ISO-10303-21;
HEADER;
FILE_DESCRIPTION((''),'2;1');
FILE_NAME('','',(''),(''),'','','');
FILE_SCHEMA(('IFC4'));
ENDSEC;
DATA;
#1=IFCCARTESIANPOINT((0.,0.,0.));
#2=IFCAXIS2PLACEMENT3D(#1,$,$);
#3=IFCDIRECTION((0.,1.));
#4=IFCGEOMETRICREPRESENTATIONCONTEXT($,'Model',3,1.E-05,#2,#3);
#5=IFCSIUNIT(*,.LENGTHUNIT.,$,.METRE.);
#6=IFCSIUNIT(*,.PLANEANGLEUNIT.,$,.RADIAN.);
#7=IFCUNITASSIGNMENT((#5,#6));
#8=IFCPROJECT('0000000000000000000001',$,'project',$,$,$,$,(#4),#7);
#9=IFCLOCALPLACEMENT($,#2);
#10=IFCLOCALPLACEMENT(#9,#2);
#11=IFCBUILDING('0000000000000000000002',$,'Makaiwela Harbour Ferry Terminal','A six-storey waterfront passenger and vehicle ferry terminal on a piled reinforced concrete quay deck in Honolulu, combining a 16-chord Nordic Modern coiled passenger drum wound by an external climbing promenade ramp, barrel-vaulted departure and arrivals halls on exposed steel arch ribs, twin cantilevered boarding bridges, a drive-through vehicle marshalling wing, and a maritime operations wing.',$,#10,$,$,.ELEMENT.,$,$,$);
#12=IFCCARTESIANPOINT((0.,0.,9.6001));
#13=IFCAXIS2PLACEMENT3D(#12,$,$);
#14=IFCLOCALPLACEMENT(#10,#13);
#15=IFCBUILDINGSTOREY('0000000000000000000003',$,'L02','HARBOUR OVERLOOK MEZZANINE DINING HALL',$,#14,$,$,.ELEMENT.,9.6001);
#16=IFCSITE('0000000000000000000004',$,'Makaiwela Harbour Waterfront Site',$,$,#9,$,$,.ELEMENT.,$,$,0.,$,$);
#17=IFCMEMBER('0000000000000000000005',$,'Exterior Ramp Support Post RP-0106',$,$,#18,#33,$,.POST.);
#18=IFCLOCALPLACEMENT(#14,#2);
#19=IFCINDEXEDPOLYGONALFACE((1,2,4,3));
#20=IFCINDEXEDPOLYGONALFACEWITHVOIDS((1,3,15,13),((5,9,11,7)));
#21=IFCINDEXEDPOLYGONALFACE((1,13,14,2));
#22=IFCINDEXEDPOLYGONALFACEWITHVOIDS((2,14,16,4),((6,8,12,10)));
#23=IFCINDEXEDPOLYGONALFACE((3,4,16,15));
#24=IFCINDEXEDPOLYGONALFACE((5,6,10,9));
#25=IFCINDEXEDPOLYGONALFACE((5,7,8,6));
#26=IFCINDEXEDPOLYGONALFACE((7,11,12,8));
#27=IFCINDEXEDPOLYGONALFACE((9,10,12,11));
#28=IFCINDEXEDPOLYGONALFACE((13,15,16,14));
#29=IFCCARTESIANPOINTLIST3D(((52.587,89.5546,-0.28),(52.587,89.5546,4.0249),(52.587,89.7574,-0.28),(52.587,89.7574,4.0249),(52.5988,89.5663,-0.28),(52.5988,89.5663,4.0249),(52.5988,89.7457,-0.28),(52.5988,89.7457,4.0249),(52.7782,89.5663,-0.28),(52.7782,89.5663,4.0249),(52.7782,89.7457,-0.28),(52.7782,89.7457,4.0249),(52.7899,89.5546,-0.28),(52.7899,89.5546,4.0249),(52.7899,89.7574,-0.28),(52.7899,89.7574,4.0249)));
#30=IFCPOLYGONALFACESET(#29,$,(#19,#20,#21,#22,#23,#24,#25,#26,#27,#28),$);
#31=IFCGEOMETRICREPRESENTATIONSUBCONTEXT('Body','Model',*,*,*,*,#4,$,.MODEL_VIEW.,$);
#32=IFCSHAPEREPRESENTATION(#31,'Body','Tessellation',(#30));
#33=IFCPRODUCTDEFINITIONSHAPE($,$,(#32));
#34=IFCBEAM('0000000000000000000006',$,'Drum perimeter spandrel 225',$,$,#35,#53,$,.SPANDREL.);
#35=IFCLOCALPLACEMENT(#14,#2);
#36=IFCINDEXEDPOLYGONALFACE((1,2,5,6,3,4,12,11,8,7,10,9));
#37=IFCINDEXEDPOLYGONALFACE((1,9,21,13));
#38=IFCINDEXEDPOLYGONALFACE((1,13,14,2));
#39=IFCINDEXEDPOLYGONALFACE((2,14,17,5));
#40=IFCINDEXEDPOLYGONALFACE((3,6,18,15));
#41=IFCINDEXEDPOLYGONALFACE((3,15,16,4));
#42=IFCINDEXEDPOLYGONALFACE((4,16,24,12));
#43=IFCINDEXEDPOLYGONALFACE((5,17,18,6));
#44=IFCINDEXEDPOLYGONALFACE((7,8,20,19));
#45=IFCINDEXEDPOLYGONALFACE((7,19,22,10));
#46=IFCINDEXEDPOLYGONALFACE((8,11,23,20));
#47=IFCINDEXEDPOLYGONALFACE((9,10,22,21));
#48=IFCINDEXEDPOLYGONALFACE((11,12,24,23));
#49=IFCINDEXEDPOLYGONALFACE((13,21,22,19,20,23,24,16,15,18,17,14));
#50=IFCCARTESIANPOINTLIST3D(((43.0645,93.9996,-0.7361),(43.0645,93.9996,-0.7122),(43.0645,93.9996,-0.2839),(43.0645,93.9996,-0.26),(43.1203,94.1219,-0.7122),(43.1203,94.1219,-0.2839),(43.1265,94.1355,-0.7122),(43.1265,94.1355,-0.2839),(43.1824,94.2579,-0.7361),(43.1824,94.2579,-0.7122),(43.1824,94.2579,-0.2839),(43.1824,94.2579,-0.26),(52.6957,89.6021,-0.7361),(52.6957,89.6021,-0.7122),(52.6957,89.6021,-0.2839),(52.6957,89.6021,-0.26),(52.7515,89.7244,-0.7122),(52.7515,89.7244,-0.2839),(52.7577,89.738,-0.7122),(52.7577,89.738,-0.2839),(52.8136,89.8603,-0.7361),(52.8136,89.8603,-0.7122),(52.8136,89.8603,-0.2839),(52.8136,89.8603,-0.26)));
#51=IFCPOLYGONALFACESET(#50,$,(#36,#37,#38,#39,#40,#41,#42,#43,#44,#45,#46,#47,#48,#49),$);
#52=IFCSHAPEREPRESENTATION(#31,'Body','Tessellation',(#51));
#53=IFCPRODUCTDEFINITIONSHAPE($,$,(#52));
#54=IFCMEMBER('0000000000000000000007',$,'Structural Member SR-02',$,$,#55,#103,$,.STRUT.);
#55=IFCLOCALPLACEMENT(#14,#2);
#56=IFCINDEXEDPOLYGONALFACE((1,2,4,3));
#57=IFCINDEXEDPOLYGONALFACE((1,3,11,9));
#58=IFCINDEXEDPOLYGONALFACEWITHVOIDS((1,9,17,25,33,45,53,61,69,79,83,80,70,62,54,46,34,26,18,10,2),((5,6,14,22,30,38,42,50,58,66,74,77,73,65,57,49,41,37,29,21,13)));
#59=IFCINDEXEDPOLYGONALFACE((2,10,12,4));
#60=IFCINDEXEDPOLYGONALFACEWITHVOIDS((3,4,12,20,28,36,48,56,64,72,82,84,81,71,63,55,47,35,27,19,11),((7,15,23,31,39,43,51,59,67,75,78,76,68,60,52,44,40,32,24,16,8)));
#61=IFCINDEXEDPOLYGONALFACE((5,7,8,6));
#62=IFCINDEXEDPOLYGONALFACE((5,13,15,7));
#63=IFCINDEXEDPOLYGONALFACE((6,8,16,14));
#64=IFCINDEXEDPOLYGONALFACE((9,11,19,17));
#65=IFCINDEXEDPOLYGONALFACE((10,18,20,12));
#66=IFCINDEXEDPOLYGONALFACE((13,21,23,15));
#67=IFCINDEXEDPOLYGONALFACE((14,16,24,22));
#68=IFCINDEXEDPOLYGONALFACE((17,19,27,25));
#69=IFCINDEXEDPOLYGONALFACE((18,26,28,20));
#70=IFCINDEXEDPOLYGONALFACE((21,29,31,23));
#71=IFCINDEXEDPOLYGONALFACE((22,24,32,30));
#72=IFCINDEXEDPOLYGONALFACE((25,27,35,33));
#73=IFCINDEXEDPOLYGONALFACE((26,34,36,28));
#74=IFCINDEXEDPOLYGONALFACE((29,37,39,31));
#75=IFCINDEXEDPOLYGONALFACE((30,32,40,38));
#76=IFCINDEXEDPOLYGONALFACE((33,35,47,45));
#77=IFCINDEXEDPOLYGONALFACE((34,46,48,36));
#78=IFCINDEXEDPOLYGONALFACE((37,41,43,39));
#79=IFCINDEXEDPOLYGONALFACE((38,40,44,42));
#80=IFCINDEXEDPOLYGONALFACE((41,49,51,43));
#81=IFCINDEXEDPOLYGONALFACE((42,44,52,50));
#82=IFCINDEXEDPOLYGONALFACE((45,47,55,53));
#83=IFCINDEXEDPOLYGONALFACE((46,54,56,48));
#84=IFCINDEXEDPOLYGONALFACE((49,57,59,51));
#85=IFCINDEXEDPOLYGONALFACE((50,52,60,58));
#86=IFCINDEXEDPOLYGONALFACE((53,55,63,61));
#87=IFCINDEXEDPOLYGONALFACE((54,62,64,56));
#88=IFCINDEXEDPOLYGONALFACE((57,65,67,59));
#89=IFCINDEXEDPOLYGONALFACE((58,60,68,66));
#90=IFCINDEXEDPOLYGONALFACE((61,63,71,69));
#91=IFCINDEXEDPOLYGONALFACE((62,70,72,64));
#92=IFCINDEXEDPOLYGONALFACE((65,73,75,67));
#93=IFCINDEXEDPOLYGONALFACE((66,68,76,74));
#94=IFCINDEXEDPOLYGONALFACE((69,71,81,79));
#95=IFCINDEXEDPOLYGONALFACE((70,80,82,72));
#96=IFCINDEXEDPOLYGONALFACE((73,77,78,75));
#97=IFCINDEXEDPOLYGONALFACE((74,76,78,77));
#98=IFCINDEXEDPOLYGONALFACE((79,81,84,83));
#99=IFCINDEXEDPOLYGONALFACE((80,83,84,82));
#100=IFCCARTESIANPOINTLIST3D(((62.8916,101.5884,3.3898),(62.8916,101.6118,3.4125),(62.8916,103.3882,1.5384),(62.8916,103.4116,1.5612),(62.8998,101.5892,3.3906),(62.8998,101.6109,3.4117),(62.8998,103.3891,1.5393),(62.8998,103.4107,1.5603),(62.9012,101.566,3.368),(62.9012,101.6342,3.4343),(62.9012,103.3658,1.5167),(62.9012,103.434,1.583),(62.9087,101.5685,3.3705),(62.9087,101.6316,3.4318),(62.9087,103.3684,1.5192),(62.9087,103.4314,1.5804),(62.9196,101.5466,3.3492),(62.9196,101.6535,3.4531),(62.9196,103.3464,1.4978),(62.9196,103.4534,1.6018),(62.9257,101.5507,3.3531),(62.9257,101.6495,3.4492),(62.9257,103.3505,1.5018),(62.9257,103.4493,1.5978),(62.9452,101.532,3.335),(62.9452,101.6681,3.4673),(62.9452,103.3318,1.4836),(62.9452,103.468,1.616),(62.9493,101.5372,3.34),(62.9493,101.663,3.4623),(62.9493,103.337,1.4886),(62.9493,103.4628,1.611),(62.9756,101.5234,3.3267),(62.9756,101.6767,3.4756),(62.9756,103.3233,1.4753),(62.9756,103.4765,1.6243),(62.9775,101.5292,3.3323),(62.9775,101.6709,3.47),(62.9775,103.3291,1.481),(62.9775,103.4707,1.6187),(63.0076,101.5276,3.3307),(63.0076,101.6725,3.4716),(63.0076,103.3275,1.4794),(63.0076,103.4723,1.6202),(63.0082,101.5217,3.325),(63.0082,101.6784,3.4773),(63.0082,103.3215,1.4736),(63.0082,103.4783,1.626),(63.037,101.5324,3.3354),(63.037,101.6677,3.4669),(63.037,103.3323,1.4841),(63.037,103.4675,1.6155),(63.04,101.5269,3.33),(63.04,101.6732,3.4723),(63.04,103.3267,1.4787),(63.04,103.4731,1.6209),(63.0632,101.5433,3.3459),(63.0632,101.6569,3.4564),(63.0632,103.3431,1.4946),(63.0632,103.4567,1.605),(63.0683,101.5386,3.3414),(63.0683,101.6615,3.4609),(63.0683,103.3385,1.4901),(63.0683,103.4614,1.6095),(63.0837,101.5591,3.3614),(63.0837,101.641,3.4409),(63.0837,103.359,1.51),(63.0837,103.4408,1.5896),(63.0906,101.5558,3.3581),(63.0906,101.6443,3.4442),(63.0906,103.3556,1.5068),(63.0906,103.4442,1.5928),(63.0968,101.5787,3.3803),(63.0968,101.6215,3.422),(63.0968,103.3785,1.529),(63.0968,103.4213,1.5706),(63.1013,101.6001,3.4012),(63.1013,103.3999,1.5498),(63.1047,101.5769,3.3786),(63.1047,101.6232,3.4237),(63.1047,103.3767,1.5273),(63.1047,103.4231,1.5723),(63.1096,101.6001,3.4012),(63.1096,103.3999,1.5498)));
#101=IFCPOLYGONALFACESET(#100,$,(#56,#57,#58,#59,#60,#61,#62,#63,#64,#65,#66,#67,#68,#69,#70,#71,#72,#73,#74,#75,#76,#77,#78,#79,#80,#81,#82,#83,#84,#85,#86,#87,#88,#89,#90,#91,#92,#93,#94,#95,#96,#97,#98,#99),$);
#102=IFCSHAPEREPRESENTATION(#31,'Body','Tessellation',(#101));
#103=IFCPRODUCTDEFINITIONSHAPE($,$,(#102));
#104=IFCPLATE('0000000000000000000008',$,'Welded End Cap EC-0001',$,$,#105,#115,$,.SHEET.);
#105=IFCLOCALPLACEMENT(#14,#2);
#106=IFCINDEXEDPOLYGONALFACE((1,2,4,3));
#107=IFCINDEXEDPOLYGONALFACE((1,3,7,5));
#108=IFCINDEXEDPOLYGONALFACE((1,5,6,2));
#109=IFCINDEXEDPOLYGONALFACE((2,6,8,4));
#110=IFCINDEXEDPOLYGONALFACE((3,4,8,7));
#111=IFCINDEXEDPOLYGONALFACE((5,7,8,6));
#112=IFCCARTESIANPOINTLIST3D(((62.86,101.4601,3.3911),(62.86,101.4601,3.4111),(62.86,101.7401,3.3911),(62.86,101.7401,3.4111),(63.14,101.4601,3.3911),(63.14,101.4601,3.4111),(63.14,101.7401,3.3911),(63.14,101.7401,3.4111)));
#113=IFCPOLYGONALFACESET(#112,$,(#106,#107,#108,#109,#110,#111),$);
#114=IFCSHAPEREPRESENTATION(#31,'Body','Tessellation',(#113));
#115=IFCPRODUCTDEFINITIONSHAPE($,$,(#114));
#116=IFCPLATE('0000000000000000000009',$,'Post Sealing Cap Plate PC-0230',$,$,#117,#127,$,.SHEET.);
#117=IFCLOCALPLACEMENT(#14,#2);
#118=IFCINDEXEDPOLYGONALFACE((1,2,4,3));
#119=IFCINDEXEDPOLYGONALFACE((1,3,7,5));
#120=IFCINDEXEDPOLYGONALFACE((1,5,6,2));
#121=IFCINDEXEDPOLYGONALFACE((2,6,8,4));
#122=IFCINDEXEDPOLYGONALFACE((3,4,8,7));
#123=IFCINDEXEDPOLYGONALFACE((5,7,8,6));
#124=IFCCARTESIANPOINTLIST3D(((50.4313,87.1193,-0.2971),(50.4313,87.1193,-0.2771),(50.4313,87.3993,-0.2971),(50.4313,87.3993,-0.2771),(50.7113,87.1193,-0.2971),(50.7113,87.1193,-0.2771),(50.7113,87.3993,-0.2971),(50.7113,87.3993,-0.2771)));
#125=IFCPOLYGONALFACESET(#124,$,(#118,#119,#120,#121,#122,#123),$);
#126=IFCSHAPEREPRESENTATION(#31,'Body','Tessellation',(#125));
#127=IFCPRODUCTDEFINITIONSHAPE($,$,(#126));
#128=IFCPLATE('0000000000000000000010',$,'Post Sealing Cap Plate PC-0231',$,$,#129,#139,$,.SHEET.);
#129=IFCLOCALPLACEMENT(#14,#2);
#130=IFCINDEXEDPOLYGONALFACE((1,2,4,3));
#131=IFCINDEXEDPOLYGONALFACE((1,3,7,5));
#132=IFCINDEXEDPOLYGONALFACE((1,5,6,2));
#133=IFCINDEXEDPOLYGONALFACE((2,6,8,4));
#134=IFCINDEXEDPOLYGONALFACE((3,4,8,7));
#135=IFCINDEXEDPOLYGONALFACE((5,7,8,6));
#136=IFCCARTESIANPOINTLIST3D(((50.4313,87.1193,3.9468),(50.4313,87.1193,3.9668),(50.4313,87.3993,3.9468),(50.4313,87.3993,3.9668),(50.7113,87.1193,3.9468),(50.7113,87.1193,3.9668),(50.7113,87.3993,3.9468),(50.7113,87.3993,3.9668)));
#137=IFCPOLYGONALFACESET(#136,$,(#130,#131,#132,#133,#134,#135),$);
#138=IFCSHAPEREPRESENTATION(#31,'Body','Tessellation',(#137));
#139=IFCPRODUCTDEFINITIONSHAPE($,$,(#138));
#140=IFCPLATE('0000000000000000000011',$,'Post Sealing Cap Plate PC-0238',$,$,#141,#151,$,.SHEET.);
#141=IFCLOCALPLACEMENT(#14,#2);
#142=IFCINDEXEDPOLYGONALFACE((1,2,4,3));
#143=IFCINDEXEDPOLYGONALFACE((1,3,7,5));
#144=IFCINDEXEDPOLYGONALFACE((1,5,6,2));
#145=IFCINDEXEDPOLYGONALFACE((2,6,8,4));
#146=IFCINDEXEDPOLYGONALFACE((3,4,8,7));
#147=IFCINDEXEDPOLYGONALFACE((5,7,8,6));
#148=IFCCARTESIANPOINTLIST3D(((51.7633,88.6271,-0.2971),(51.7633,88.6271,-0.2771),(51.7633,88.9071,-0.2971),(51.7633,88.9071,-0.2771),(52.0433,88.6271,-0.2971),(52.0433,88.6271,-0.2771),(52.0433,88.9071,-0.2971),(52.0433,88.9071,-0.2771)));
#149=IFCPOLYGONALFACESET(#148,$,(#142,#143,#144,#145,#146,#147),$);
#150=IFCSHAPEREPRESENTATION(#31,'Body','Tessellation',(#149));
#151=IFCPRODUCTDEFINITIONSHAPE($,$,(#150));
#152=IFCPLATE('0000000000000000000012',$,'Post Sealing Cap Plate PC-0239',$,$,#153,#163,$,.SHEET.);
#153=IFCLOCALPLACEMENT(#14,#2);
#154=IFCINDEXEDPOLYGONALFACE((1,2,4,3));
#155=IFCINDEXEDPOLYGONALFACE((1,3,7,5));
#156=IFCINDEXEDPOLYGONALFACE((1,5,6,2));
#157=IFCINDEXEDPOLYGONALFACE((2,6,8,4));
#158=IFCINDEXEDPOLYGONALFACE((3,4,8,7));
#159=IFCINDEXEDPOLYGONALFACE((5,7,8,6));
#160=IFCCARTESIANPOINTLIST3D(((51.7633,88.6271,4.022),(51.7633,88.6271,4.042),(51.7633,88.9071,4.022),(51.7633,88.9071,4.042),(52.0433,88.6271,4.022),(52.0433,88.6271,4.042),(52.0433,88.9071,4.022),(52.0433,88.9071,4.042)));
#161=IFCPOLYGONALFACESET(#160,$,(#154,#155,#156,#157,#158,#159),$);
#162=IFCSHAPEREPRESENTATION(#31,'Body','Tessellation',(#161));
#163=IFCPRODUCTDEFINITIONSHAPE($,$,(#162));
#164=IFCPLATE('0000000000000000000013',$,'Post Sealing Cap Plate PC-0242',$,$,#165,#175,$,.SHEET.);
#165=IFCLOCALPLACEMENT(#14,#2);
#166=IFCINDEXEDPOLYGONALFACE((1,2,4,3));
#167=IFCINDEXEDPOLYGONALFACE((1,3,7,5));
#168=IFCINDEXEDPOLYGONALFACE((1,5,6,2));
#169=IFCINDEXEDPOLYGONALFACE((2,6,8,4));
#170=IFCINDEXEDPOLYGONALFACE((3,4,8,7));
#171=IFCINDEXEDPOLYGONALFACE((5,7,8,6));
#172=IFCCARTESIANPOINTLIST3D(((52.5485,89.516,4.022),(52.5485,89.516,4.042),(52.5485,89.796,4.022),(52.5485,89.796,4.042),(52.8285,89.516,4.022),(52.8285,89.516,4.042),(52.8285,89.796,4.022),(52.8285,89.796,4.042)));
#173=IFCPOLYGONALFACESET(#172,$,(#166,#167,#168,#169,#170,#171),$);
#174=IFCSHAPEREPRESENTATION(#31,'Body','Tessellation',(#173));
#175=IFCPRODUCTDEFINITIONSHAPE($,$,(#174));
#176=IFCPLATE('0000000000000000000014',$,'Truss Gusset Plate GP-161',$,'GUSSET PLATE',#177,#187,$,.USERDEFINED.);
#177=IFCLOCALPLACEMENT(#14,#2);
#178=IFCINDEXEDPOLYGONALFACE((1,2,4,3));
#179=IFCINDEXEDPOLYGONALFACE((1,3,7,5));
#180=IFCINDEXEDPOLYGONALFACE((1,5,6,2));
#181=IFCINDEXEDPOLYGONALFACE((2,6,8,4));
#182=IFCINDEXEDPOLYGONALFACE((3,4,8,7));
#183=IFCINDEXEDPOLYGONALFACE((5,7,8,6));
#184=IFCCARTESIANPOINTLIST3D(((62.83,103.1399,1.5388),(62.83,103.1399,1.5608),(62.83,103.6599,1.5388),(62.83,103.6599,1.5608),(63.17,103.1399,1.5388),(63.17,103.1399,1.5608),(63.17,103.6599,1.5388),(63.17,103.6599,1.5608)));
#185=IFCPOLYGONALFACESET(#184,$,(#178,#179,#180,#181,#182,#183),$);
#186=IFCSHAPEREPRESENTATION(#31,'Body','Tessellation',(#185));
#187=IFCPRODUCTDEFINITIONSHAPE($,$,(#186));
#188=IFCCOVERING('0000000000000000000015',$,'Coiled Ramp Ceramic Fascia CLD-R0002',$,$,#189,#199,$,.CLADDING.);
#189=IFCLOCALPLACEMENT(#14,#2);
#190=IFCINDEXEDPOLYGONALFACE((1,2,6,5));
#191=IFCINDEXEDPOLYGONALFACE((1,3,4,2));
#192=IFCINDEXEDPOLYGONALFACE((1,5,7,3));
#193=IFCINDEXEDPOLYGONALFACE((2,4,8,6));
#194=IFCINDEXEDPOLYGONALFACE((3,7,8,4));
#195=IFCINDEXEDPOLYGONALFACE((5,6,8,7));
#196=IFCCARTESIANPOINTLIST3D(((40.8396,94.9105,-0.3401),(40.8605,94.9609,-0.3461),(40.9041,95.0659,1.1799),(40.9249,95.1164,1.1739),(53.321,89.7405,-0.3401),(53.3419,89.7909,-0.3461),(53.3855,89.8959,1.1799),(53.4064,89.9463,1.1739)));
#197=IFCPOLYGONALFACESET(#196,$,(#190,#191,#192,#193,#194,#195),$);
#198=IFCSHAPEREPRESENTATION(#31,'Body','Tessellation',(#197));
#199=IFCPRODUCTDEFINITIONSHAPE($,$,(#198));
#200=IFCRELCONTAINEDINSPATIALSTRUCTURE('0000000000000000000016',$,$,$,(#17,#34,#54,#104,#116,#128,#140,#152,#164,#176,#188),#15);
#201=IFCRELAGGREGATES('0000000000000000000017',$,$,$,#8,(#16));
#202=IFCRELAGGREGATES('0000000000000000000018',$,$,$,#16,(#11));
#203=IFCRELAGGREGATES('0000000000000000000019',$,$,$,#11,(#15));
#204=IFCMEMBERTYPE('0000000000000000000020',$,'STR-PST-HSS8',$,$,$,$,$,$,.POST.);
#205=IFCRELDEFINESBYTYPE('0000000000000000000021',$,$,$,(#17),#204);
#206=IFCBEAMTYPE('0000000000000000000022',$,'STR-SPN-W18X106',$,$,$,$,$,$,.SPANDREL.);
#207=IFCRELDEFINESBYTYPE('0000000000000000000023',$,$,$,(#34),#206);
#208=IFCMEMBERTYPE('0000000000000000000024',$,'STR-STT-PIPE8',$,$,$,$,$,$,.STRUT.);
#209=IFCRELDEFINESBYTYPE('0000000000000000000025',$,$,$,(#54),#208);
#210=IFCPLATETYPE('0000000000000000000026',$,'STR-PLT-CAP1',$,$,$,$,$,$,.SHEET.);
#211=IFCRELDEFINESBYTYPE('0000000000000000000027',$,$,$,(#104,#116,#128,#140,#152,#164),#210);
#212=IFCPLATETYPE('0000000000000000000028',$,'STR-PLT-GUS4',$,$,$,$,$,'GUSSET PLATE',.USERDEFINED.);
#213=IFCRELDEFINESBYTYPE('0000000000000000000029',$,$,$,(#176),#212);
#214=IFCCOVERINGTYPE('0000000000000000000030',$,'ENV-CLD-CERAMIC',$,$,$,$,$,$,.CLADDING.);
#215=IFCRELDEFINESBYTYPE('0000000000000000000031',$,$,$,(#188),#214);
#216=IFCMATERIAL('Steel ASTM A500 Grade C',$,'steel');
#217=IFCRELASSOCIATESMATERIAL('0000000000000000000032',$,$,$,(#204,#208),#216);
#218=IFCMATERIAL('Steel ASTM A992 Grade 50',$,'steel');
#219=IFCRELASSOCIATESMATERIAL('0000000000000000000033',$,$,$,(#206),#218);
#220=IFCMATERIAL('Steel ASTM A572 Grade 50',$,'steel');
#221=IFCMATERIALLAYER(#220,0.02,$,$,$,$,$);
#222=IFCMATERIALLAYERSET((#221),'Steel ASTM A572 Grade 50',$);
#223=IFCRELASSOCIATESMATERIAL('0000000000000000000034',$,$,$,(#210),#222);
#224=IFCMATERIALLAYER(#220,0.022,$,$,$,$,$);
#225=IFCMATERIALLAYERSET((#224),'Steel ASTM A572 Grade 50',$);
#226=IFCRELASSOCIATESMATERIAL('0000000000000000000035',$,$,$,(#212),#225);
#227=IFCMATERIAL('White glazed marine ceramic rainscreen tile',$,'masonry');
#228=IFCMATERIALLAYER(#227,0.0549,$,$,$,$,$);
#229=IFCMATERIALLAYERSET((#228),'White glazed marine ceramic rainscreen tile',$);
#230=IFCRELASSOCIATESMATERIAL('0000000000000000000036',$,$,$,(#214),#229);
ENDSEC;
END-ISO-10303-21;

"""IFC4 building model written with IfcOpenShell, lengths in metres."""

from ifc_helpers import new_model, si_unit, direction, frame, origin, origin_2d, place, context, subcontext, project, spatial, polyline, rectangle, hollow_rectangle, hollow_circle, i_section, outline, extrude, material, layer, layer_set, material_profile, profile_set, type_object, element, save


model = new_model("IFC4")

# Units and contexts
model_context = context("Model", 3, precision=1e-05, world=origin(), true_north=direction((0.0, 1.0)))
body_context = subcontext(model_context, "Body", "Model", "MODEL_VIEW")
ifc_project = project(units=[si_unit("LENGTHUNIT", "METRE"), si_unit("PLANEANGLEUNIT", "RADIAN")], contexts=[model_context])

# Site, building, storey
site_placement = place(None, origin())
site = spatial("IfcSite", under=ifc_project, at=site_placement, Name="Makaiwela Harbour Waterfront Site", CompositionType="ELEMENT", RefElevation=0.0)
building_placement = place(site_placement, origin())
building = spatial("IfcBuilding", under=site, at=building_placement, Name="Makaiwela Harbour Ferry Terminal", Description="A six-storey waterfront passenger and vehicle ferry terminal on a piled reinforced concrete quay deck in Honolulu, combining a 16-chord Nordic Modern coiled passenger drum wound by an external climbing promenade ramp, barrel-vaulted departure and arrivals halls on exposed steel arch ribs, twin cantilevered boarding bridges, a drive-through vehicle marshalling wing, and a maritime operations wing.", CompositionType="ELEMENT")
storey_placement = place(building_placement, frame((0.0, 0.0, 9.6001)))
storey = spatial("IfcBuildingStorey", under=building, at=storey_placement, Name="L02", Description="HARBOUR OVERLOOK MEZZANINE DINING HALL", CompositionType="ELEMENT", Elevation=9.6001)

# Shared definitions
ifc_material_1 = material(Name="Steel ASTM A992 Grade 50", Category="steel")

# Member
ifc_material_2 = material(Name="Steel ASTM A500 Grade C", Category="steel")
ifc_material_profile_1 = material_profile(ifc_material_2, hollow_rectangle(XDim=0.2029, YDim=0.2029, WallThickness=0.0117, at=origin_2d()), Name="HSS8X8X1/2")
ifc_profile_set_1 = profile_set([ifc_material_profile_1], Name="Steel ASTM A500 Grade C")
member_type_1 = type_object("IfcMemberType", Name="STR-PST-HSS8", PredefinedType="POST", material=ifc_profile_set_1)
for number, where, z_axis, x_axis, name in (
    (1, (52.6885, 89.656, -0.28), (0.0, 0.0, 1.0), (1.0, 0.0, 0.0), "Exterior Ramp Support Post RP-0106"),
):
    element("IfcMember", number, at=place(storey_placement, frame(where, z_axis=z_axis, x_axis=x_axis)), inside=storey, type_object=member_type_1, Name=name, PredefinedType="POST", context=body_context, shape_type="SweptSolid", body=[
        extrude(hollow_rectangle(XDim=0.2029, YDim=0.2029, WallThickness=0.0117, at=origin_2d()), origin(), (0.0, 0.0, 1.0), 4.3049),
    ])

# Beam
ifc_material_profile_2 = material_profile(ifc_material_1, i_section(OverallWidth=0.2839, OverallDepth=0.4761, WebThickness=0.0149, FlangeThickness=0.0239, at=origin_2d()), Name="W18X106")
ifc_profile_set_2 = profile_set([ifc_material_profile_2], Name="Steel ASTM A992 Grade 50")
beam_type_1 = type_object("IfcBeamType", Name="STR-SPN-W18X106", PredefinedType="SPANDREL", material=ifc_profile_set_2)
beam_1_placement = place(storey_placement, frame((52.7546, 89.7312, -0.498), z_axis=(-0.909665, 0.415343, 0.0), x_axis=(-0.415343, -0.909665, 0.0)))
element("IfcBeam", 2, at=beam_1_placement, inside=storey, type_object=beam_type_1, Name="Drum perimeter spandrel 225", PredefinedType="SPANDREL", context=body_context, shape_type="SweptSolid", body=[
    extrude(i_section(OverallWidth=0.2839, OverallDepth=0.4761, WebThickness=0.0149, FlangeThickness=0.0239, at=origin_2d()), origin(), (0.0, 0.0, 1.0), 10.5876),
])

# Member
ifc_material_profile_3 = material_profile(ifc_material_2, hollow_circle(Radius=0.1096, WallThickness=0.0083, at=origin_2d()), Name="PIPE8STD")
ifc_profile_set_3 = profile_set([ifc_material_profile_3], Name="Steel ASTM A500 Grade C")
member_type_2 = type_object("IfcMemberType", Name="STR-STT-PIPE8", PredefinedType="STRUT", material=ifc_profile_set_3)
member_1_placement = place(storey_placement, frame((63.0, 103.3999, 1.5498), z_axis=(0.0, -0.697061, 0.717012), x_axis=(1.0, 0.0, 0.0)))
element("IfcMember", 3, at=member_1_placement, inside=storey, type_object=member_type_2, Name="Structural Member SR-02", PredefinedType="STRUT", context=body_context, shape_type="SweptSolid", body=[
    extrude(hollow_circle(Radius=0.1096, WallThickness=0.0083, at=origin_2d()), origin(), (0.0, 0.0, 1.0), 2.582),
])

# Plates
ifc_material_3 = material(Name="Steel ASTM A572 Grade 50", Category="steel")
ifc_layer_1 = layer(ifc_material_3, 0.02)
ifc_layer_set_1 = layer_set([ifc_layer_1], Name="Steel ASTM A572 Grade 50")
plate_type_1 = type_object("IfcPlateType", Name="STR-PLT-CAP1", PredefinedType="SHEET", material=ifc_layer_set_1)
for number, where, z_axis, x_axis, name in (
    (4, (63.0, 101.6001, 3.3911), (0.0, 0.0, 1.0), (1.0, 0.0, 0.0), "Welded End Cap EC-0001"),
    (5, (50.5713, 87.2593, -0.2971), (0.0, 0.0, 1.0), (1.0, 0.0, 0.0), "Post Sealing Cap Plate PC-0230"),
    (6, (50.5713, 87.2593, 3.9468), (0.0, 0.0, 1.0), (1.0, 0.0, 0.0), "Post Sealing Cap Plate PC-0231"),
    (7, (51.9033, 88.7671, -0.2971), (0.0, 0.0, 1.0), (1.0, 0.0, 0.0), "Post Sealing Cap Plate PC-0238"),
    (8, (51.9033, 88.7671, 4.022), (0.0, 0.0, 1.0), (1.0, 0.0, 0.0), "Post Sealing Cap Plate PC-0239"),
    (9, (52.6885, 89.656, 4.022), (0.0, 0.0, 1.0), (1.0, 0.0, 0.0), "Post Sealing Cap Plate PC-0242"),
):
    element("IfcPlate", number, at=place(storey_placement, frame(where, z_axis=z_axis, x_axis=x_axis)), inside=storey, type_object=plate_type_1, Name=name, PredefinedType="SHEET", context=body_context, shape_type="SweptSolid", body=[
        extrude(rectangle(XDim=0.28, YDim=0.28, at=origin_2d()), origin(), (0.0, 0.0, 1.0), 0.02),
    ])
ifc_layer_2 = layer(ifc_material_3, 0.022)
ifc_layer_set_2 = layer_set([ifc_layer_2], Name="Steel ASTM A572 Grade 50")
plate_type_2 = type_object("IfcPlateType", Name="STR-PLT-GUS4", ElementType="GUSSET PLATE", PredefinedType="USERDEFINED", material=ifc_layer_set_2)
plate_placement = place(storey_placement, frame((63.0, 103.3999, 1.5388), z_axis=(0.0, 0.0, 1.0), x_axis=(0.0, 1.0, 0.0)))
element("IfcPlate", 10, at=plate_placement, inside=storey, type_object=plate_type_2, Name="Truss Gusset Plate GP-161", ObjectType="GUSSET PLATE", PredefinedType="USERDEFINED", context=body_context, shape_type="SweptSolid", body=[
    extrude(rectangle(XDim=0.52, YDim=0.3401, at=origin_2d()), origin(), (0.0, 0.0, 1.0), 0.022),
])

# Covering
ifc_material_4 = material(Name="White glazed marine ceramic rainscreen tile", Category="masonry")
ifc_layer_3 = layer(ifc_material_4, 0.0549)
ifc_layer_set_3 = layer_set([ifc_layer_3], Name="White glazed marine ceramic rainscreen tile")
covering_type = type_object("IfcCoveringType", Name="ENV-CLD-CERAMIC", PredefinedType="CLADDING", material=ifc_layer_set_3)
covering_placement = place(storey_placement, frame((53.321, 89.7405, -0.3401), z_axis=(-0.380365, -0.918271, 0.110006), x_axis=(-0.923878, 0.382687, -0.000001)))
element("IfcCovering", 11, at=covering_placement, inside=storey, type_object=covering_type, Name="Coiled Ramp Ceramic Fascia CLD-R0002", PredefinedType="CLADDING", context=body_context, shape_type="SweptSolid", body=[
    extrude(outline(polyline([(0.0, 0.0), (13.5098, 0.0), (13.5098, -1.5293), (-0.0001, -1.5293), (0.0, 0.0)])), origin(), (0.0, 0.0, -1.0), 0.0549),
])

save(model, "model.ifc")
